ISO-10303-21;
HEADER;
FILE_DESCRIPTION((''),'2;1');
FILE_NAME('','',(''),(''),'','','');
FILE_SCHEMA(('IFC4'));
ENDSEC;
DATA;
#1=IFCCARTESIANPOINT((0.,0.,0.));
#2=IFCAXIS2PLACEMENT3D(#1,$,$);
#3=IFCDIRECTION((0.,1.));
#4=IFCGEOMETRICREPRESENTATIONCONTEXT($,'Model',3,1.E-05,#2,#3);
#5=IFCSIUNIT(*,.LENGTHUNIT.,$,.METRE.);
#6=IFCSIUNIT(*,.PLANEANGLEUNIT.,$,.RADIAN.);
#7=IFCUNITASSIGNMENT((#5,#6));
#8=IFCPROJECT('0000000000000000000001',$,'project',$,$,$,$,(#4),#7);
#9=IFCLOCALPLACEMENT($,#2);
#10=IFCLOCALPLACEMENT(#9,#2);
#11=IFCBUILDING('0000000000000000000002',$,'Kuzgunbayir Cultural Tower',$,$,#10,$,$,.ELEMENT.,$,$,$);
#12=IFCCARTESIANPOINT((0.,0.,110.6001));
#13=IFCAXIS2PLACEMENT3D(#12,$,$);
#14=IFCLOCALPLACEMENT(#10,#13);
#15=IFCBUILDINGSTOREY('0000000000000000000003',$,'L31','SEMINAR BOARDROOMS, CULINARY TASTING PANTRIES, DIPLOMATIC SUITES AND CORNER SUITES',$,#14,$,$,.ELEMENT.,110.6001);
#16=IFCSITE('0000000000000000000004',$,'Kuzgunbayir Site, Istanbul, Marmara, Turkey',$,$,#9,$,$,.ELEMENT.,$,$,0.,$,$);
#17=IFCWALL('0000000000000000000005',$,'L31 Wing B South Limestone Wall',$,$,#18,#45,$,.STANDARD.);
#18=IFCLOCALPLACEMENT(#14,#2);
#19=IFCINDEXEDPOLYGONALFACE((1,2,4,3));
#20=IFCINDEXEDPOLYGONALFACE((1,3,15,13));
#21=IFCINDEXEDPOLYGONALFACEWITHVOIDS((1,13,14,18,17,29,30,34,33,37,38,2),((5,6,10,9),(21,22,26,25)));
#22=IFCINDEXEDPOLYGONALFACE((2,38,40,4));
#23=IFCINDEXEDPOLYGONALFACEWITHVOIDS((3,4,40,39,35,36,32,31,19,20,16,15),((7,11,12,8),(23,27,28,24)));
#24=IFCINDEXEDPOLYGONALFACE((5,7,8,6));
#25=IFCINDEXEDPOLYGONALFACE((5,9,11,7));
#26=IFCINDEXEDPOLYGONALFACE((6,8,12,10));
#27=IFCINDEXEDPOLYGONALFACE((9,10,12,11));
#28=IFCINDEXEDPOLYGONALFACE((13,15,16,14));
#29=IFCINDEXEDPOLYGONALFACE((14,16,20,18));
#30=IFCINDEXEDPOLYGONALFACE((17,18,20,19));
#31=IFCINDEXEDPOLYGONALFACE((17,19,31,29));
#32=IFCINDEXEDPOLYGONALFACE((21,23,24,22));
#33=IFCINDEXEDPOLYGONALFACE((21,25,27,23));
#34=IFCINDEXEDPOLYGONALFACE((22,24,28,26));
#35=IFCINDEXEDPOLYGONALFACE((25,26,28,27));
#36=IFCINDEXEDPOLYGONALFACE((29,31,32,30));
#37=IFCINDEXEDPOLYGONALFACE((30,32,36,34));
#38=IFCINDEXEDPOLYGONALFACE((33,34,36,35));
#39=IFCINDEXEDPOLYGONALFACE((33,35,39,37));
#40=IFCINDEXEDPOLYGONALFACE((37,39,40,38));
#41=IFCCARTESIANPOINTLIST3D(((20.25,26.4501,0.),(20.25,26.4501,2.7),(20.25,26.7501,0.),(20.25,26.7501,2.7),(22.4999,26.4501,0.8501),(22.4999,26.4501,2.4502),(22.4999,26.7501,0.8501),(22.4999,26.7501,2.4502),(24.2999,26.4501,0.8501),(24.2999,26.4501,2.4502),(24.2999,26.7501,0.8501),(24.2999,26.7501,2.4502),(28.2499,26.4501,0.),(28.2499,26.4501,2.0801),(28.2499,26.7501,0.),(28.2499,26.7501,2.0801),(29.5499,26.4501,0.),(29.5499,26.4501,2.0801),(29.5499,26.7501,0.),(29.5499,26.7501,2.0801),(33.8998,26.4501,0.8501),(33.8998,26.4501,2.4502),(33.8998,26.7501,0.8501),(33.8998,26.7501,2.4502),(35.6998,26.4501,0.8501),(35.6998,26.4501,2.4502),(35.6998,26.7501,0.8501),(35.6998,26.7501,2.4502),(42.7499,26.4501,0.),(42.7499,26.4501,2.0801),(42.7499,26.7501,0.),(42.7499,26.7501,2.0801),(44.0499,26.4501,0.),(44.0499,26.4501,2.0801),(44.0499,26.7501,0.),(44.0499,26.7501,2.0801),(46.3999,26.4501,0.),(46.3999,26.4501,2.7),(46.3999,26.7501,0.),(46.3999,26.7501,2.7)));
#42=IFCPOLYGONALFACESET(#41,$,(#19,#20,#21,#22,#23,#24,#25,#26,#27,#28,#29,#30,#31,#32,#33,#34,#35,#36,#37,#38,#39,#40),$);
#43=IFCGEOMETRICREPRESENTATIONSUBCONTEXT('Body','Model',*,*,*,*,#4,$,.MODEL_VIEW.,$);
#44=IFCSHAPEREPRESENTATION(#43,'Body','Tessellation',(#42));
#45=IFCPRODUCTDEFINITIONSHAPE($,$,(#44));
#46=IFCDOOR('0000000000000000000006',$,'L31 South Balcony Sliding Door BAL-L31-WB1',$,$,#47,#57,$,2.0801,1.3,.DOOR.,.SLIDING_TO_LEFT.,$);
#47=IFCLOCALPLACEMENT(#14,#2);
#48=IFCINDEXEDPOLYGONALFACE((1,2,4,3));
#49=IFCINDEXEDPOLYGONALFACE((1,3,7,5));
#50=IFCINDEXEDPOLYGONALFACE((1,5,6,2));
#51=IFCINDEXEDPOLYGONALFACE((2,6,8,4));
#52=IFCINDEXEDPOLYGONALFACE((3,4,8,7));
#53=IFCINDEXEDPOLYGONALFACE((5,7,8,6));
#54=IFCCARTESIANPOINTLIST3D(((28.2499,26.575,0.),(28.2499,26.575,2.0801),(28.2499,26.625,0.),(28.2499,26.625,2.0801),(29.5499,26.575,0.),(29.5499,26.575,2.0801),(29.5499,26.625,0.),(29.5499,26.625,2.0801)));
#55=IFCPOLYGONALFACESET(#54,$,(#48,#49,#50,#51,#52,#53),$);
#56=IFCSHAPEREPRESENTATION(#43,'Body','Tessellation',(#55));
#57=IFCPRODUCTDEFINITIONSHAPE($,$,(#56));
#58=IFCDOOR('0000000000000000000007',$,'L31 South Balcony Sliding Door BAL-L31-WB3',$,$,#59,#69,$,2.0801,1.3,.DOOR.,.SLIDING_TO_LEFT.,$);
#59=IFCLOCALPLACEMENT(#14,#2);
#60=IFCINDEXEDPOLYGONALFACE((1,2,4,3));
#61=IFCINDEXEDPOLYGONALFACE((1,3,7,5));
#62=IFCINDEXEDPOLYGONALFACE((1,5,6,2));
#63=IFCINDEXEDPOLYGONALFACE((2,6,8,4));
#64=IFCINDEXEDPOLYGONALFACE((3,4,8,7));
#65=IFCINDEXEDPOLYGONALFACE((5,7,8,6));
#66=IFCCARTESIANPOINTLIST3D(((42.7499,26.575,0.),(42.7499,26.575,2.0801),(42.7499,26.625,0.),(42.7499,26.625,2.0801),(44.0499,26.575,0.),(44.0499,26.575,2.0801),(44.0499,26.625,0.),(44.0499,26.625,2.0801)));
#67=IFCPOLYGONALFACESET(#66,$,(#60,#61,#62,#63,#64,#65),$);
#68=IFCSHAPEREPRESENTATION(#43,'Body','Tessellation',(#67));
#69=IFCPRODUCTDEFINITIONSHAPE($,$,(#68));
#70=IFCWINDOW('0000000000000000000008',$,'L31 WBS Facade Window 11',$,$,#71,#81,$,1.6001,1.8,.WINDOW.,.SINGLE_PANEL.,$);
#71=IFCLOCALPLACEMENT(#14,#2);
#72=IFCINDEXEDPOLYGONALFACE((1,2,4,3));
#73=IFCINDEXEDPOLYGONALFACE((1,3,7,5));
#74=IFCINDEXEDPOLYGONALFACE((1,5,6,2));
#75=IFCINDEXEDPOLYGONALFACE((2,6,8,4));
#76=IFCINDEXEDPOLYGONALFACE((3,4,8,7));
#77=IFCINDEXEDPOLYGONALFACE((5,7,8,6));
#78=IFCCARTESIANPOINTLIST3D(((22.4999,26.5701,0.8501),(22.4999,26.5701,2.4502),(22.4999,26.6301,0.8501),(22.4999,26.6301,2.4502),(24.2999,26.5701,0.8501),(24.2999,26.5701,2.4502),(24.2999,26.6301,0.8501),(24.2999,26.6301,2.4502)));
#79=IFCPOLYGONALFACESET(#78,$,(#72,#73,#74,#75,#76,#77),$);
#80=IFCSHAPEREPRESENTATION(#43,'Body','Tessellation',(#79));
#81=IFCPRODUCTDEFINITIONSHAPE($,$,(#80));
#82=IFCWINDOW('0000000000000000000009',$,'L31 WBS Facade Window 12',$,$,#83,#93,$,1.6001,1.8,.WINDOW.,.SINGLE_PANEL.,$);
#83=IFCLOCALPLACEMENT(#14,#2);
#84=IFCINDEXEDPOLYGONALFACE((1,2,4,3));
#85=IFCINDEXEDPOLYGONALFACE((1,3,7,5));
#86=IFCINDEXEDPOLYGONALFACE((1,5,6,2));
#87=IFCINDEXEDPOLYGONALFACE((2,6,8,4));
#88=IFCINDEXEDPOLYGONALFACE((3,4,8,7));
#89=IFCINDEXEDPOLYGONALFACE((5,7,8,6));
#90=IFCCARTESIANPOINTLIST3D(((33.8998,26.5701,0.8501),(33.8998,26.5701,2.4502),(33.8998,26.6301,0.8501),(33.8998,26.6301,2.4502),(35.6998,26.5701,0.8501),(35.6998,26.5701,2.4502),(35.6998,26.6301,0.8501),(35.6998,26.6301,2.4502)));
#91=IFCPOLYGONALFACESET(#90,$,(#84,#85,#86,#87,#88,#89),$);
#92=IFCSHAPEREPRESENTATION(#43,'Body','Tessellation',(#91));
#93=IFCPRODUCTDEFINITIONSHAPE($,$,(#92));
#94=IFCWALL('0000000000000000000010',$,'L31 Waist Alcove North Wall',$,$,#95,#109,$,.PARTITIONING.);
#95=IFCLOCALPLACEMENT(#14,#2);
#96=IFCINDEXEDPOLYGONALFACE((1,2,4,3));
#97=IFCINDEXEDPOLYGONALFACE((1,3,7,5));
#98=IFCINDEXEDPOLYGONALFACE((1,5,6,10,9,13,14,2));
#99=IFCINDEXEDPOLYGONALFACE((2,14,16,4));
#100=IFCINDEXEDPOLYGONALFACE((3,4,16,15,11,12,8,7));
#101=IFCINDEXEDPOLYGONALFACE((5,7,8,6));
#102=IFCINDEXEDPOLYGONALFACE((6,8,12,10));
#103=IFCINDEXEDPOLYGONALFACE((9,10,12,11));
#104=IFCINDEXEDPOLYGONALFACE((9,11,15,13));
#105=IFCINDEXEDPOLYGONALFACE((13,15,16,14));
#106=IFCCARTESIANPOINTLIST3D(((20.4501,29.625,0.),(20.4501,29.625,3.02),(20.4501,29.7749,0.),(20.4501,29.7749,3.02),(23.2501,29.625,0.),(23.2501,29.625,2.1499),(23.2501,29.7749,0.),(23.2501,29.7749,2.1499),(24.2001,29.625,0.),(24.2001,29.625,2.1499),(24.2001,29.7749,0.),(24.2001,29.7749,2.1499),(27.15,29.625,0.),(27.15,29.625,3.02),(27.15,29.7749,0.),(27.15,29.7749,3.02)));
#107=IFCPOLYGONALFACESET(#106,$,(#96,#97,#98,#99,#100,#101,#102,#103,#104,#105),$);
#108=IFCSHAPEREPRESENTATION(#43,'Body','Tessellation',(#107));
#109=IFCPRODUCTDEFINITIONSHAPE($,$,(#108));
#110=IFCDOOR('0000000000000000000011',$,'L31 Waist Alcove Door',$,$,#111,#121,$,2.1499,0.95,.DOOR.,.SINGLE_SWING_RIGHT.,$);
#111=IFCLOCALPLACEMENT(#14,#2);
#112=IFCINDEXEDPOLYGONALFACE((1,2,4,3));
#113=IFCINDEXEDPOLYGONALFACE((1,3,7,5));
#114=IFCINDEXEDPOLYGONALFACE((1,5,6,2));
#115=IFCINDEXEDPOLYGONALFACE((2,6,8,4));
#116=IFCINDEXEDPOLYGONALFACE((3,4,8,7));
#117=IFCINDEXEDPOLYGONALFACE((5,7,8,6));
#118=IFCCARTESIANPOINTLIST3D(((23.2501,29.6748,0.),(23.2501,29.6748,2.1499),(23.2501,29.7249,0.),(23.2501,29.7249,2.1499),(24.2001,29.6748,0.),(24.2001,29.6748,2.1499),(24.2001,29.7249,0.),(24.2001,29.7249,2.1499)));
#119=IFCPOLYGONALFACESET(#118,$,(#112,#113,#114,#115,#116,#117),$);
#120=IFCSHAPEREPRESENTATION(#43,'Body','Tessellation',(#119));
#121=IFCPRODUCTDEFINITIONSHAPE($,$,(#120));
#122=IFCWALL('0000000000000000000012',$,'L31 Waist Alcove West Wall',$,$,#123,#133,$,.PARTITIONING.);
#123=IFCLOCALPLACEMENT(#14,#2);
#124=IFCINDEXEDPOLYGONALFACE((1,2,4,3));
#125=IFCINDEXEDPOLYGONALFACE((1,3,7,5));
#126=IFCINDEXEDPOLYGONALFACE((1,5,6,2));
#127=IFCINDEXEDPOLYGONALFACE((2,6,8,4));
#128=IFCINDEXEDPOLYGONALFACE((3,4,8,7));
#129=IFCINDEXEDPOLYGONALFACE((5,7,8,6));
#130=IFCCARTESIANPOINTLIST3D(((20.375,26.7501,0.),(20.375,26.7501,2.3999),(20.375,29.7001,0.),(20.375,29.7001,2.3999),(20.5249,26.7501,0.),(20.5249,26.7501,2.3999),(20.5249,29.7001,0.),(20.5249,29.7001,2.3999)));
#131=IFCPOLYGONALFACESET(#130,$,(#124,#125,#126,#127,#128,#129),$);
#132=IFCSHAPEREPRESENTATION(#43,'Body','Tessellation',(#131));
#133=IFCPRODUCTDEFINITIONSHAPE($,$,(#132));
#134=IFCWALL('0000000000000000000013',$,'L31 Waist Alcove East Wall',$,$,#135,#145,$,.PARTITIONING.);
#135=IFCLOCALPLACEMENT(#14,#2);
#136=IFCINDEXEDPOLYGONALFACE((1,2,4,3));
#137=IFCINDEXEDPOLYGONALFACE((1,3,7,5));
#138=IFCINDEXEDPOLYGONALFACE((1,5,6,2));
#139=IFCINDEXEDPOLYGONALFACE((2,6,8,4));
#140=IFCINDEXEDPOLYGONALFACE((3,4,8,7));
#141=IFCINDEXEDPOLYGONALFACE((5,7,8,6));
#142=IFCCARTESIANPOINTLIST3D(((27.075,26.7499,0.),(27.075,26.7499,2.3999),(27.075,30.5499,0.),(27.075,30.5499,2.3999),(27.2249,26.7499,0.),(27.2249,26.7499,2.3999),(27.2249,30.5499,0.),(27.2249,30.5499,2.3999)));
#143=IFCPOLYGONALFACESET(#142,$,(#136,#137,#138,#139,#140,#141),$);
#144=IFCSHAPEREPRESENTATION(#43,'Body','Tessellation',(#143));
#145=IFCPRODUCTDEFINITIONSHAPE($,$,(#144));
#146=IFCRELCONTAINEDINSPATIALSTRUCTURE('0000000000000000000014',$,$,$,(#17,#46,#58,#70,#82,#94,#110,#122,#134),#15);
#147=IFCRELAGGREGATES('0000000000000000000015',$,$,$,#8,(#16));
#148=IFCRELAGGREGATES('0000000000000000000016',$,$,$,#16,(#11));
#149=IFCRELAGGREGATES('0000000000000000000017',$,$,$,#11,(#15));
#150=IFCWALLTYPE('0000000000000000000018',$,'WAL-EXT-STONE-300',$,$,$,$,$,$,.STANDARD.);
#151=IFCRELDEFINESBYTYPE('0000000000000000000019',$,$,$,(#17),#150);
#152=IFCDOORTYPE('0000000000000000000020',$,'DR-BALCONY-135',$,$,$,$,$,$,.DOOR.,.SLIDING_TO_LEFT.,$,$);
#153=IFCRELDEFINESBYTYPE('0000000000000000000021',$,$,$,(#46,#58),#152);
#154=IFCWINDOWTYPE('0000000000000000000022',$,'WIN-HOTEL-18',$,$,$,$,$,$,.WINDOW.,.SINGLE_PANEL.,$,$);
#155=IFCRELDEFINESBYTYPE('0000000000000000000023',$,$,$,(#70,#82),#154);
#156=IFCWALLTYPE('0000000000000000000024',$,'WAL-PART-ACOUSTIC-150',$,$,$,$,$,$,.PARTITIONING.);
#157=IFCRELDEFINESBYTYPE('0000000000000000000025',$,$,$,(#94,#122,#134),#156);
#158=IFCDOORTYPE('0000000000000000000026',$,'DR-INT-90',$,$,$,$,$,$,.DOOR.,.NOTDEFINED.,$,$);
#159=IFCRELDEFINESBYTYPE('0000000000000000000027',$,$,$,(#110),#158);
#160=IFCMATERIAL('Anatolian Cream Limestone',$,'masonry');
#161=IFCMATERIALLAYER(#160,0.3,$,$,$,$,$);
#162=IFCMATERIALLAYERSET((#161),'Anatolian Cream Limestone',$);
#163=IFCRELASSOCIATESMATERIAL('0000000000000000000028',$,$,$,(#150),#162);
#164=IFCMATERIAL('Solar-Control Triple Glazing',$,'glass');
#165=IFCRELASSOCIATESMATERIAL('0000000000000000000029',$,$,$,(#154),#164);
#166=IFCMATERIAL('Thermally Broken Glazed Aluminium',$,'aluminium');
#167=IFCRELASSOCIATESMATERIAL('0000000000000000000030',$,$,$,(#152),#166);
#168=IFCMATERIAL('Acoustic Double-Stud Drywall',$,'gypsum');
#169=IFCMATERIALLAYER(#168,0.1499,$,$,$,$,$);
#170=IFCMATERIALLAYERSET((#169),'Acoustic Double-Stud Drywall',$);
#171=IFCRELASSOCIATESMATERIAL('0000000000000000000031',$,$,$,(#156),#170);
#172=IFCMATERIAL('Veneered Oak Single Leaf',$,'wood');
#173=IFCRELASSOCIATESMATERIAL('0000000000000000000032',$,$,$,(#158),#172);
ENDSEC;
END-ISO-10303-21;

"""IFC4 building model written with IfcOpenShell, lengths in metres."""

from ifc_helpers import new_model, si_unit, direction, frame, frame_2d, origin, place, context, subcontext, project, spatial, rectangle, extrude, material, layer, layer_set, type_object, element, fill, save


model = new_model("IFC4")

# Units and contexts
model_context = context("Model", 3, precision=1e-05, world=origin(), true_north=direction((0.0, 1.0)))
body_context = subcontext(model_context, "Body", "Model", "MODEL_VIEW")
ifc_project = project(units=[si_unit("LENGTHUNIT", "METRE"), si_unit("PLANEANGLEUNIT", "RADIAN")], contexts=[model_context])

# Site, building, storey
site_placement = place(None, origin())
site = spatial("IfcSite", under=ifc_project, at=site_placement, Name="Kuzgunbayir Site, Istanbul, Marmara, Turkey", CompositionType="ELEMENT", RefElevation=0.0)
building_placement = place(site_placement, origin())
building = spatial("IfcBuilding", under=site, at=building_placement, Name="Kuzgunbayir Cultural Tower", CompositionType="ELEMENT")
storey_placement = place(building_placement, frame((0.0, 0.0, 110.6001)))
storey = spatial("IfcBuildingStorey", under=building, at=storey_placement, Name="L31", Description="SEMINAR BOARDROOMS, CULINARY TASTING PANTRIES, DIPLOMATIC SUITES AND CORNER SUITES", CompositionType="ELEMENT", Elevation=110.6001)

# Shared definitions
ifc_material_1 = material(Name="Anatolian Cream Limestone", Category="masonry")
ifc_layer_1 = layer(ifc_material_1, 0.3)
ifc_layer_set_1 = layer_set([ifc_layer_1], Name="Anatolian Cream Limestone")
wall_type_1 = type_object("IfcWallType", Name="WAL-EXT-STONE-300", PredefinedType="STANDARD", material=ifc_layer_set_1)
ifc_material_2 = material(Name="Solar-Control Triple Glazing", Category="glass")
window_type = type_object("IfcWindowType", Name="WIN-HOTEL-18", PartitioningType="SINGLE_PANEL", PredefinedType="WINDOW", material=ifc_material_2)

# Wall, openings, doors, windows
wall_1_placement = place(storey_placement, frame((20.25, 26.6001, 0.0), z_axis=(0.0, 0.0, 1.0), x_axis=(1.0, 0.0, 0.0)))
wall_1 = element("IfcWall", 1, at=wall_1_placement, inside=storey, type_object=wall_type_1, Name="L31 Wing B South Limestone Wall", PredefinedType="STANDARD", context=body_context, shape_type="SweptSolid", body=[
    extrude(rectangle(XDim=26.1499, YDim=0.3, at=frame_2d((13.075, 0.0))), origin(), (0.0, 0.0, 1.0), 2.7),
])
opening_1_placement = place(wall_1_placement, frame((8.0, 0.0, 0.0)))
opening_1 = element("IfcOpeningElement", 2, at=opening_1_placement, cuts=wall_1, PredefinedType="OPENING", context=body_context, shape_type="SweptSolid", body=[
    extrude(rectangle(XDim=1.3, YDim=2.0801, at=frame_2d((0.6499, 1.04))), frame((0.0, 0.1602, 0.0), z_axis=(0.0, -1.0, 0.0), x_axis=(1.0, 0.0, 0.0)), (0.0, 0.0, 1.0), 0.3201),
])
opening_2_placement = place(wall_1_placement, frame((22.5, 0.0, 0.0)))
opening_2 = element("IfcOpeningElement", 3, at=opening_2_placement, cuts=wall_1, PredefinedType="OPENING", context=body_context, shape_type="SweptSolid", body=[
    extrude(rectangle(XDim=1.3, YDim=2.0801, at=frame_2d((0.6499, 1.04))), frame((0.0, 0.1602, 0.0), z_axis=(0.0, -1.0, 0.0), x_axis=(1.0, 0.0, 0.0)), (0.0, 0.0, 1.0), 0.3201),
])
opening_3_placement = place(wall_1_placement, frame((2.25, 0.0, 0.8501)))
opening_3 = element("IfcOpeningElement", 4, at=opening_3_placement, cuts=wall_1, PredefinedType="OPENING", context=body_context, shape_type="SweptSolid", body=[
    extrude(rectangle(XDim=1.8, YDim=1.6001, at=frame_2d((0.8999, 0.8))), frame((0.0, 0.1602, 0.0), z_axis=(0.0, -1.0, 0.0), x_axis=(1.0, 0.0, 0.0)), (0.0, 0.0, 1.0), 0.3201),
])
opening_4_placement = place(wall_1_placement, frame((13.6499, 0.0, 0.8501)))
opening_4 = element("IfcOpeningElement", 5, at=opening_4_placement, cuts=wall_1, PredefinedType="OPENING", context=body_context, shape_type="SweptSolid", body=[
    extrude(rectangle(XDim=1.8, YDim=1.6001, at=frame_2d((0.8999, 0.8))), frame((0.0, 0.1602, 0.0), z_axis=(0.0, -1.0, 0.0), x_axis=(1.0, 0.0, 0.0)), (0.0, 0.0, 1.0), 0.3201),
])
ifc_material_3 = material(Name="Thermally Broken Glazed Aluminium", Category="aluminium")
door_type_1 = type_object("IfcDoorType", Name="DR-BALCONY-135", OperationType="SLIDING_TO_LEFT", PredefinedType="DOOR", material=ifc_material_3)
door_1_placement = place(opening_1_placement, origin())
door_1 = element("IfcDoor", 6, at=door_1_placement, inside=storey, type_object=door_type_1, Name="L31 South Balcony Sliding Door BAL-L31-WB1", OperationType="SLIDING_TO_LEFT", OverallHeight=2.0801, OverallWidth=1.3, PredefinedType="DOOR", context=body_context, shape_type="SweptSolid", body=[
    extrude(rectangle(XDim=1.3, YDim=2.0801, at=frame_2d((0.6499, 1.04))), frame((0.0, 0.0249, 0.0), z_axis=(0.0, -1.0, 0.0), x_axis=(1.0, 0.0, 0.0)), (0.0, 0.0, 1.0), 0.05),
])
fill(opening_1, door_1)
door_2_placement = place(opening_2_placement, origin())
door_2 = element("IfcDoor", 7, at=door_2_placement, inside=storey, type_object=door_type_1, Name="L31 South Balcony Sliding Door BAL-L31-WB3", OperationType="SLIDING_TO_LEFT", OverallHeight=2.0801, OverallWidth=1.3, PredefinedType="DOOR", context=body_context, shape_type="SweptSolid", body=[
    extrude(rectangle(XDim=1.3, YDim=2.0801, at=frame_2d((0.6499, 1.04))), frame((0.0, 0.0249, 0.0), z_axis=(0.0, -1.0, 0.0), x_axis=(1.0, 0.0, 0.0)), (0.0, 0.0, 1.0), 0.05),
])
fill(opening_2, door_2)
window_1_placement = place(opening_3_placement, origin())
window_1 = element("IfcWindow", 8, at=window_1_placement, inside=storey, type_object=window_type, Name="L31 WBS Facade Window 11", OverallHeight=1.6001, OverallWidth=1.8, PartitioningType="SINGLE_PANEL", PredefinedType="WINDOW", context=body_context, shape_type="SweptSolid", body=[
    extrude(rectangle(XDim=1.8, YDim=1.6001, at=frame_2d((0.8999, 0.8))), frame((0.0, 0.03, 0.0), z_axis=(0.0, -1.0, 0.0), x_axis=(1.0, 0.0, 0.0)), (0.0, 0.0, 1.0), 0.0601),
])
fill(opening_3, window_1)
window_2_placement = place(opening_4_placement, origin())
window_2 = element("IfcWindow", 9, at=window_2_placement, inside=storey, type_object=window_type, Name="L31 WBS Facade Window 12", OverallHeight=1.6001, OverallWidth=1.8, PartitioningType="SINGLE_PANEL", PredefinedType="WINDOW", context=body_context, shape_type="SweptSolid", body=[
    extrude(rectangle(XDim=1.8, YDim=1.6001, at=frame_2d((0.8999, 0.8))), frame((0.0, 0.03, 0.0), z_axis=(0.0, -1.0, 0.0), x_axis=(1.0, 0.0, 0.0)), (0.0, 0.0, 1.0), 0.0601),
])
fill(opening_4, window_2)

# Wall, opening, door
ifc_material_4 = material(Name="Acoustic Double-Stud Drywall", Category="gypsum")
ifc_layer_2 = layer(ifc_material_4, 0.1499)
ifc_layer_set_2 = layer_set([ifc_layer_2], Name="Acoustic Double-Stud Drywall")
wall_type_2 = type_object("IfcWallType", Name="WAL-PART-ACOUSTIC-150", PredefinedType="PARTITIONING", material=ifc_layer_set_2)
wall_2_placement = place(storey_placement, frame((20.45, 29.7, 0.0), z_axis=(0.0, 0.0, 1.0), x_axis=(1.0, 0.0, 0.0)))
wall_2 = element("IfcWall", 10, at=wall_2_placement, inside=storey, type_object=wall_type_2, Name="L31 Waist Alcove North Wall", PredefinedType="PARTITIONING", context=body_context, shape_type="SweptSolid", body=[
    extrude(rectangle(XDim=6.7, YDim=0.1499, at=frame_2d((3.3501, 0.0))), origin(), (0.0, 0.0, 1.0), 3.02),
])
opening_5_placement = place(wall_2_placement, frame((2.8, 0.0, 0.0)))
opening_5 = element("IfcOpeningElement", 11, at=opening_5_placement, cuts=wall_2, PredefinedType="OPENING", context=body_context, shape_type="SweptSolid", body=[
    extrude(rectangle(XDim=0.95, YDim=2.1499, at=frame_2d((0.4751, 1.075))), frame((0.0, 0.085, 0.0), z_axis=(0.0, -1.0, 0.0), x_axis=(1.0, 0.0, 0.0)), (0.0, 0.0, 1.0), 0.1699),
])
ifc_material_5 = material(Name="Veneered Oak Single Leaf", Category="wood")
door_type_2 = type_object("IfcDoorType", Name="DR-INT-90", OperationType="NOTDEFINED", PredefinedType="DOOR", material=ifc_material_5)
door_3_placement = place(opening_5_placement, origin())
door_3 = element("IfcDoor", 12, at=door_3_placement, inside=storey, type_object=door_type_2, Name="L31 Waist Alcove Door", OperationType="SINGLE_SWING_RIGHT", OverallHeight=2.1499, OverallWidth=0.95, PredefinedType="DOOR", context=body_context, shape_type="SweptSolid", body=[
    extrude(rectangle(XDim=0.95, YDim=2.1499, at=frame_2d((0.4751, 1.075))), frame((0.0, 0.0249, 0.0), z_axis=(0.0, -1.0, 0.0), x_axis=(1.0, 0.0, 0.0)), (0.0, 0.0, 1.0), 0.05),
])
fill(opening_5, door_3)

# Walls
wall_3_placement = place(storey_placement, frame((20.45, 26.75, 0.0), z_axis=(0.0, 0.0, 1.0), x_axis=(0.0, 1.0, 0.0)))
element("IfcWall", 13, at=wall_3_placement, inside=storey, type_object=wall_type_2, Name="L31 Waist Alcove West Wall", PredefinedType="PARTITIONING", context=body_context, shape_type="SweptSolid", body=[
    extrude(rectangle(XDim=2.95, YDim=0.1499, at=frame_2d((1.4751, 0.0))), origin(), (0.0, 0.0, 1.0), 2.3999),
])
wall_4_placement = place(storey_placement, frame((27.1499, 26.75, 0.0), z_axis=(0.0, 0.0, 1.0), x_axis=(0.0, 1.0, 0.0)))
element("IfcWall", 14, at=wall_4_placement, inside=storey, type_object=wall_type_2, Name="L31 Waist Alcove East Wall", PredefinedType="PARTITIONING", context=body_context, shape_type="SweptSolid", body=[
    extrude(rectangle(XDim=3.8, YDim=0.1499, at=frame_2d((1.8999, 0.0))), origin(), (0.0, 0.0, 1.0), 2.3999),
])

save(model, "model.ifc")
